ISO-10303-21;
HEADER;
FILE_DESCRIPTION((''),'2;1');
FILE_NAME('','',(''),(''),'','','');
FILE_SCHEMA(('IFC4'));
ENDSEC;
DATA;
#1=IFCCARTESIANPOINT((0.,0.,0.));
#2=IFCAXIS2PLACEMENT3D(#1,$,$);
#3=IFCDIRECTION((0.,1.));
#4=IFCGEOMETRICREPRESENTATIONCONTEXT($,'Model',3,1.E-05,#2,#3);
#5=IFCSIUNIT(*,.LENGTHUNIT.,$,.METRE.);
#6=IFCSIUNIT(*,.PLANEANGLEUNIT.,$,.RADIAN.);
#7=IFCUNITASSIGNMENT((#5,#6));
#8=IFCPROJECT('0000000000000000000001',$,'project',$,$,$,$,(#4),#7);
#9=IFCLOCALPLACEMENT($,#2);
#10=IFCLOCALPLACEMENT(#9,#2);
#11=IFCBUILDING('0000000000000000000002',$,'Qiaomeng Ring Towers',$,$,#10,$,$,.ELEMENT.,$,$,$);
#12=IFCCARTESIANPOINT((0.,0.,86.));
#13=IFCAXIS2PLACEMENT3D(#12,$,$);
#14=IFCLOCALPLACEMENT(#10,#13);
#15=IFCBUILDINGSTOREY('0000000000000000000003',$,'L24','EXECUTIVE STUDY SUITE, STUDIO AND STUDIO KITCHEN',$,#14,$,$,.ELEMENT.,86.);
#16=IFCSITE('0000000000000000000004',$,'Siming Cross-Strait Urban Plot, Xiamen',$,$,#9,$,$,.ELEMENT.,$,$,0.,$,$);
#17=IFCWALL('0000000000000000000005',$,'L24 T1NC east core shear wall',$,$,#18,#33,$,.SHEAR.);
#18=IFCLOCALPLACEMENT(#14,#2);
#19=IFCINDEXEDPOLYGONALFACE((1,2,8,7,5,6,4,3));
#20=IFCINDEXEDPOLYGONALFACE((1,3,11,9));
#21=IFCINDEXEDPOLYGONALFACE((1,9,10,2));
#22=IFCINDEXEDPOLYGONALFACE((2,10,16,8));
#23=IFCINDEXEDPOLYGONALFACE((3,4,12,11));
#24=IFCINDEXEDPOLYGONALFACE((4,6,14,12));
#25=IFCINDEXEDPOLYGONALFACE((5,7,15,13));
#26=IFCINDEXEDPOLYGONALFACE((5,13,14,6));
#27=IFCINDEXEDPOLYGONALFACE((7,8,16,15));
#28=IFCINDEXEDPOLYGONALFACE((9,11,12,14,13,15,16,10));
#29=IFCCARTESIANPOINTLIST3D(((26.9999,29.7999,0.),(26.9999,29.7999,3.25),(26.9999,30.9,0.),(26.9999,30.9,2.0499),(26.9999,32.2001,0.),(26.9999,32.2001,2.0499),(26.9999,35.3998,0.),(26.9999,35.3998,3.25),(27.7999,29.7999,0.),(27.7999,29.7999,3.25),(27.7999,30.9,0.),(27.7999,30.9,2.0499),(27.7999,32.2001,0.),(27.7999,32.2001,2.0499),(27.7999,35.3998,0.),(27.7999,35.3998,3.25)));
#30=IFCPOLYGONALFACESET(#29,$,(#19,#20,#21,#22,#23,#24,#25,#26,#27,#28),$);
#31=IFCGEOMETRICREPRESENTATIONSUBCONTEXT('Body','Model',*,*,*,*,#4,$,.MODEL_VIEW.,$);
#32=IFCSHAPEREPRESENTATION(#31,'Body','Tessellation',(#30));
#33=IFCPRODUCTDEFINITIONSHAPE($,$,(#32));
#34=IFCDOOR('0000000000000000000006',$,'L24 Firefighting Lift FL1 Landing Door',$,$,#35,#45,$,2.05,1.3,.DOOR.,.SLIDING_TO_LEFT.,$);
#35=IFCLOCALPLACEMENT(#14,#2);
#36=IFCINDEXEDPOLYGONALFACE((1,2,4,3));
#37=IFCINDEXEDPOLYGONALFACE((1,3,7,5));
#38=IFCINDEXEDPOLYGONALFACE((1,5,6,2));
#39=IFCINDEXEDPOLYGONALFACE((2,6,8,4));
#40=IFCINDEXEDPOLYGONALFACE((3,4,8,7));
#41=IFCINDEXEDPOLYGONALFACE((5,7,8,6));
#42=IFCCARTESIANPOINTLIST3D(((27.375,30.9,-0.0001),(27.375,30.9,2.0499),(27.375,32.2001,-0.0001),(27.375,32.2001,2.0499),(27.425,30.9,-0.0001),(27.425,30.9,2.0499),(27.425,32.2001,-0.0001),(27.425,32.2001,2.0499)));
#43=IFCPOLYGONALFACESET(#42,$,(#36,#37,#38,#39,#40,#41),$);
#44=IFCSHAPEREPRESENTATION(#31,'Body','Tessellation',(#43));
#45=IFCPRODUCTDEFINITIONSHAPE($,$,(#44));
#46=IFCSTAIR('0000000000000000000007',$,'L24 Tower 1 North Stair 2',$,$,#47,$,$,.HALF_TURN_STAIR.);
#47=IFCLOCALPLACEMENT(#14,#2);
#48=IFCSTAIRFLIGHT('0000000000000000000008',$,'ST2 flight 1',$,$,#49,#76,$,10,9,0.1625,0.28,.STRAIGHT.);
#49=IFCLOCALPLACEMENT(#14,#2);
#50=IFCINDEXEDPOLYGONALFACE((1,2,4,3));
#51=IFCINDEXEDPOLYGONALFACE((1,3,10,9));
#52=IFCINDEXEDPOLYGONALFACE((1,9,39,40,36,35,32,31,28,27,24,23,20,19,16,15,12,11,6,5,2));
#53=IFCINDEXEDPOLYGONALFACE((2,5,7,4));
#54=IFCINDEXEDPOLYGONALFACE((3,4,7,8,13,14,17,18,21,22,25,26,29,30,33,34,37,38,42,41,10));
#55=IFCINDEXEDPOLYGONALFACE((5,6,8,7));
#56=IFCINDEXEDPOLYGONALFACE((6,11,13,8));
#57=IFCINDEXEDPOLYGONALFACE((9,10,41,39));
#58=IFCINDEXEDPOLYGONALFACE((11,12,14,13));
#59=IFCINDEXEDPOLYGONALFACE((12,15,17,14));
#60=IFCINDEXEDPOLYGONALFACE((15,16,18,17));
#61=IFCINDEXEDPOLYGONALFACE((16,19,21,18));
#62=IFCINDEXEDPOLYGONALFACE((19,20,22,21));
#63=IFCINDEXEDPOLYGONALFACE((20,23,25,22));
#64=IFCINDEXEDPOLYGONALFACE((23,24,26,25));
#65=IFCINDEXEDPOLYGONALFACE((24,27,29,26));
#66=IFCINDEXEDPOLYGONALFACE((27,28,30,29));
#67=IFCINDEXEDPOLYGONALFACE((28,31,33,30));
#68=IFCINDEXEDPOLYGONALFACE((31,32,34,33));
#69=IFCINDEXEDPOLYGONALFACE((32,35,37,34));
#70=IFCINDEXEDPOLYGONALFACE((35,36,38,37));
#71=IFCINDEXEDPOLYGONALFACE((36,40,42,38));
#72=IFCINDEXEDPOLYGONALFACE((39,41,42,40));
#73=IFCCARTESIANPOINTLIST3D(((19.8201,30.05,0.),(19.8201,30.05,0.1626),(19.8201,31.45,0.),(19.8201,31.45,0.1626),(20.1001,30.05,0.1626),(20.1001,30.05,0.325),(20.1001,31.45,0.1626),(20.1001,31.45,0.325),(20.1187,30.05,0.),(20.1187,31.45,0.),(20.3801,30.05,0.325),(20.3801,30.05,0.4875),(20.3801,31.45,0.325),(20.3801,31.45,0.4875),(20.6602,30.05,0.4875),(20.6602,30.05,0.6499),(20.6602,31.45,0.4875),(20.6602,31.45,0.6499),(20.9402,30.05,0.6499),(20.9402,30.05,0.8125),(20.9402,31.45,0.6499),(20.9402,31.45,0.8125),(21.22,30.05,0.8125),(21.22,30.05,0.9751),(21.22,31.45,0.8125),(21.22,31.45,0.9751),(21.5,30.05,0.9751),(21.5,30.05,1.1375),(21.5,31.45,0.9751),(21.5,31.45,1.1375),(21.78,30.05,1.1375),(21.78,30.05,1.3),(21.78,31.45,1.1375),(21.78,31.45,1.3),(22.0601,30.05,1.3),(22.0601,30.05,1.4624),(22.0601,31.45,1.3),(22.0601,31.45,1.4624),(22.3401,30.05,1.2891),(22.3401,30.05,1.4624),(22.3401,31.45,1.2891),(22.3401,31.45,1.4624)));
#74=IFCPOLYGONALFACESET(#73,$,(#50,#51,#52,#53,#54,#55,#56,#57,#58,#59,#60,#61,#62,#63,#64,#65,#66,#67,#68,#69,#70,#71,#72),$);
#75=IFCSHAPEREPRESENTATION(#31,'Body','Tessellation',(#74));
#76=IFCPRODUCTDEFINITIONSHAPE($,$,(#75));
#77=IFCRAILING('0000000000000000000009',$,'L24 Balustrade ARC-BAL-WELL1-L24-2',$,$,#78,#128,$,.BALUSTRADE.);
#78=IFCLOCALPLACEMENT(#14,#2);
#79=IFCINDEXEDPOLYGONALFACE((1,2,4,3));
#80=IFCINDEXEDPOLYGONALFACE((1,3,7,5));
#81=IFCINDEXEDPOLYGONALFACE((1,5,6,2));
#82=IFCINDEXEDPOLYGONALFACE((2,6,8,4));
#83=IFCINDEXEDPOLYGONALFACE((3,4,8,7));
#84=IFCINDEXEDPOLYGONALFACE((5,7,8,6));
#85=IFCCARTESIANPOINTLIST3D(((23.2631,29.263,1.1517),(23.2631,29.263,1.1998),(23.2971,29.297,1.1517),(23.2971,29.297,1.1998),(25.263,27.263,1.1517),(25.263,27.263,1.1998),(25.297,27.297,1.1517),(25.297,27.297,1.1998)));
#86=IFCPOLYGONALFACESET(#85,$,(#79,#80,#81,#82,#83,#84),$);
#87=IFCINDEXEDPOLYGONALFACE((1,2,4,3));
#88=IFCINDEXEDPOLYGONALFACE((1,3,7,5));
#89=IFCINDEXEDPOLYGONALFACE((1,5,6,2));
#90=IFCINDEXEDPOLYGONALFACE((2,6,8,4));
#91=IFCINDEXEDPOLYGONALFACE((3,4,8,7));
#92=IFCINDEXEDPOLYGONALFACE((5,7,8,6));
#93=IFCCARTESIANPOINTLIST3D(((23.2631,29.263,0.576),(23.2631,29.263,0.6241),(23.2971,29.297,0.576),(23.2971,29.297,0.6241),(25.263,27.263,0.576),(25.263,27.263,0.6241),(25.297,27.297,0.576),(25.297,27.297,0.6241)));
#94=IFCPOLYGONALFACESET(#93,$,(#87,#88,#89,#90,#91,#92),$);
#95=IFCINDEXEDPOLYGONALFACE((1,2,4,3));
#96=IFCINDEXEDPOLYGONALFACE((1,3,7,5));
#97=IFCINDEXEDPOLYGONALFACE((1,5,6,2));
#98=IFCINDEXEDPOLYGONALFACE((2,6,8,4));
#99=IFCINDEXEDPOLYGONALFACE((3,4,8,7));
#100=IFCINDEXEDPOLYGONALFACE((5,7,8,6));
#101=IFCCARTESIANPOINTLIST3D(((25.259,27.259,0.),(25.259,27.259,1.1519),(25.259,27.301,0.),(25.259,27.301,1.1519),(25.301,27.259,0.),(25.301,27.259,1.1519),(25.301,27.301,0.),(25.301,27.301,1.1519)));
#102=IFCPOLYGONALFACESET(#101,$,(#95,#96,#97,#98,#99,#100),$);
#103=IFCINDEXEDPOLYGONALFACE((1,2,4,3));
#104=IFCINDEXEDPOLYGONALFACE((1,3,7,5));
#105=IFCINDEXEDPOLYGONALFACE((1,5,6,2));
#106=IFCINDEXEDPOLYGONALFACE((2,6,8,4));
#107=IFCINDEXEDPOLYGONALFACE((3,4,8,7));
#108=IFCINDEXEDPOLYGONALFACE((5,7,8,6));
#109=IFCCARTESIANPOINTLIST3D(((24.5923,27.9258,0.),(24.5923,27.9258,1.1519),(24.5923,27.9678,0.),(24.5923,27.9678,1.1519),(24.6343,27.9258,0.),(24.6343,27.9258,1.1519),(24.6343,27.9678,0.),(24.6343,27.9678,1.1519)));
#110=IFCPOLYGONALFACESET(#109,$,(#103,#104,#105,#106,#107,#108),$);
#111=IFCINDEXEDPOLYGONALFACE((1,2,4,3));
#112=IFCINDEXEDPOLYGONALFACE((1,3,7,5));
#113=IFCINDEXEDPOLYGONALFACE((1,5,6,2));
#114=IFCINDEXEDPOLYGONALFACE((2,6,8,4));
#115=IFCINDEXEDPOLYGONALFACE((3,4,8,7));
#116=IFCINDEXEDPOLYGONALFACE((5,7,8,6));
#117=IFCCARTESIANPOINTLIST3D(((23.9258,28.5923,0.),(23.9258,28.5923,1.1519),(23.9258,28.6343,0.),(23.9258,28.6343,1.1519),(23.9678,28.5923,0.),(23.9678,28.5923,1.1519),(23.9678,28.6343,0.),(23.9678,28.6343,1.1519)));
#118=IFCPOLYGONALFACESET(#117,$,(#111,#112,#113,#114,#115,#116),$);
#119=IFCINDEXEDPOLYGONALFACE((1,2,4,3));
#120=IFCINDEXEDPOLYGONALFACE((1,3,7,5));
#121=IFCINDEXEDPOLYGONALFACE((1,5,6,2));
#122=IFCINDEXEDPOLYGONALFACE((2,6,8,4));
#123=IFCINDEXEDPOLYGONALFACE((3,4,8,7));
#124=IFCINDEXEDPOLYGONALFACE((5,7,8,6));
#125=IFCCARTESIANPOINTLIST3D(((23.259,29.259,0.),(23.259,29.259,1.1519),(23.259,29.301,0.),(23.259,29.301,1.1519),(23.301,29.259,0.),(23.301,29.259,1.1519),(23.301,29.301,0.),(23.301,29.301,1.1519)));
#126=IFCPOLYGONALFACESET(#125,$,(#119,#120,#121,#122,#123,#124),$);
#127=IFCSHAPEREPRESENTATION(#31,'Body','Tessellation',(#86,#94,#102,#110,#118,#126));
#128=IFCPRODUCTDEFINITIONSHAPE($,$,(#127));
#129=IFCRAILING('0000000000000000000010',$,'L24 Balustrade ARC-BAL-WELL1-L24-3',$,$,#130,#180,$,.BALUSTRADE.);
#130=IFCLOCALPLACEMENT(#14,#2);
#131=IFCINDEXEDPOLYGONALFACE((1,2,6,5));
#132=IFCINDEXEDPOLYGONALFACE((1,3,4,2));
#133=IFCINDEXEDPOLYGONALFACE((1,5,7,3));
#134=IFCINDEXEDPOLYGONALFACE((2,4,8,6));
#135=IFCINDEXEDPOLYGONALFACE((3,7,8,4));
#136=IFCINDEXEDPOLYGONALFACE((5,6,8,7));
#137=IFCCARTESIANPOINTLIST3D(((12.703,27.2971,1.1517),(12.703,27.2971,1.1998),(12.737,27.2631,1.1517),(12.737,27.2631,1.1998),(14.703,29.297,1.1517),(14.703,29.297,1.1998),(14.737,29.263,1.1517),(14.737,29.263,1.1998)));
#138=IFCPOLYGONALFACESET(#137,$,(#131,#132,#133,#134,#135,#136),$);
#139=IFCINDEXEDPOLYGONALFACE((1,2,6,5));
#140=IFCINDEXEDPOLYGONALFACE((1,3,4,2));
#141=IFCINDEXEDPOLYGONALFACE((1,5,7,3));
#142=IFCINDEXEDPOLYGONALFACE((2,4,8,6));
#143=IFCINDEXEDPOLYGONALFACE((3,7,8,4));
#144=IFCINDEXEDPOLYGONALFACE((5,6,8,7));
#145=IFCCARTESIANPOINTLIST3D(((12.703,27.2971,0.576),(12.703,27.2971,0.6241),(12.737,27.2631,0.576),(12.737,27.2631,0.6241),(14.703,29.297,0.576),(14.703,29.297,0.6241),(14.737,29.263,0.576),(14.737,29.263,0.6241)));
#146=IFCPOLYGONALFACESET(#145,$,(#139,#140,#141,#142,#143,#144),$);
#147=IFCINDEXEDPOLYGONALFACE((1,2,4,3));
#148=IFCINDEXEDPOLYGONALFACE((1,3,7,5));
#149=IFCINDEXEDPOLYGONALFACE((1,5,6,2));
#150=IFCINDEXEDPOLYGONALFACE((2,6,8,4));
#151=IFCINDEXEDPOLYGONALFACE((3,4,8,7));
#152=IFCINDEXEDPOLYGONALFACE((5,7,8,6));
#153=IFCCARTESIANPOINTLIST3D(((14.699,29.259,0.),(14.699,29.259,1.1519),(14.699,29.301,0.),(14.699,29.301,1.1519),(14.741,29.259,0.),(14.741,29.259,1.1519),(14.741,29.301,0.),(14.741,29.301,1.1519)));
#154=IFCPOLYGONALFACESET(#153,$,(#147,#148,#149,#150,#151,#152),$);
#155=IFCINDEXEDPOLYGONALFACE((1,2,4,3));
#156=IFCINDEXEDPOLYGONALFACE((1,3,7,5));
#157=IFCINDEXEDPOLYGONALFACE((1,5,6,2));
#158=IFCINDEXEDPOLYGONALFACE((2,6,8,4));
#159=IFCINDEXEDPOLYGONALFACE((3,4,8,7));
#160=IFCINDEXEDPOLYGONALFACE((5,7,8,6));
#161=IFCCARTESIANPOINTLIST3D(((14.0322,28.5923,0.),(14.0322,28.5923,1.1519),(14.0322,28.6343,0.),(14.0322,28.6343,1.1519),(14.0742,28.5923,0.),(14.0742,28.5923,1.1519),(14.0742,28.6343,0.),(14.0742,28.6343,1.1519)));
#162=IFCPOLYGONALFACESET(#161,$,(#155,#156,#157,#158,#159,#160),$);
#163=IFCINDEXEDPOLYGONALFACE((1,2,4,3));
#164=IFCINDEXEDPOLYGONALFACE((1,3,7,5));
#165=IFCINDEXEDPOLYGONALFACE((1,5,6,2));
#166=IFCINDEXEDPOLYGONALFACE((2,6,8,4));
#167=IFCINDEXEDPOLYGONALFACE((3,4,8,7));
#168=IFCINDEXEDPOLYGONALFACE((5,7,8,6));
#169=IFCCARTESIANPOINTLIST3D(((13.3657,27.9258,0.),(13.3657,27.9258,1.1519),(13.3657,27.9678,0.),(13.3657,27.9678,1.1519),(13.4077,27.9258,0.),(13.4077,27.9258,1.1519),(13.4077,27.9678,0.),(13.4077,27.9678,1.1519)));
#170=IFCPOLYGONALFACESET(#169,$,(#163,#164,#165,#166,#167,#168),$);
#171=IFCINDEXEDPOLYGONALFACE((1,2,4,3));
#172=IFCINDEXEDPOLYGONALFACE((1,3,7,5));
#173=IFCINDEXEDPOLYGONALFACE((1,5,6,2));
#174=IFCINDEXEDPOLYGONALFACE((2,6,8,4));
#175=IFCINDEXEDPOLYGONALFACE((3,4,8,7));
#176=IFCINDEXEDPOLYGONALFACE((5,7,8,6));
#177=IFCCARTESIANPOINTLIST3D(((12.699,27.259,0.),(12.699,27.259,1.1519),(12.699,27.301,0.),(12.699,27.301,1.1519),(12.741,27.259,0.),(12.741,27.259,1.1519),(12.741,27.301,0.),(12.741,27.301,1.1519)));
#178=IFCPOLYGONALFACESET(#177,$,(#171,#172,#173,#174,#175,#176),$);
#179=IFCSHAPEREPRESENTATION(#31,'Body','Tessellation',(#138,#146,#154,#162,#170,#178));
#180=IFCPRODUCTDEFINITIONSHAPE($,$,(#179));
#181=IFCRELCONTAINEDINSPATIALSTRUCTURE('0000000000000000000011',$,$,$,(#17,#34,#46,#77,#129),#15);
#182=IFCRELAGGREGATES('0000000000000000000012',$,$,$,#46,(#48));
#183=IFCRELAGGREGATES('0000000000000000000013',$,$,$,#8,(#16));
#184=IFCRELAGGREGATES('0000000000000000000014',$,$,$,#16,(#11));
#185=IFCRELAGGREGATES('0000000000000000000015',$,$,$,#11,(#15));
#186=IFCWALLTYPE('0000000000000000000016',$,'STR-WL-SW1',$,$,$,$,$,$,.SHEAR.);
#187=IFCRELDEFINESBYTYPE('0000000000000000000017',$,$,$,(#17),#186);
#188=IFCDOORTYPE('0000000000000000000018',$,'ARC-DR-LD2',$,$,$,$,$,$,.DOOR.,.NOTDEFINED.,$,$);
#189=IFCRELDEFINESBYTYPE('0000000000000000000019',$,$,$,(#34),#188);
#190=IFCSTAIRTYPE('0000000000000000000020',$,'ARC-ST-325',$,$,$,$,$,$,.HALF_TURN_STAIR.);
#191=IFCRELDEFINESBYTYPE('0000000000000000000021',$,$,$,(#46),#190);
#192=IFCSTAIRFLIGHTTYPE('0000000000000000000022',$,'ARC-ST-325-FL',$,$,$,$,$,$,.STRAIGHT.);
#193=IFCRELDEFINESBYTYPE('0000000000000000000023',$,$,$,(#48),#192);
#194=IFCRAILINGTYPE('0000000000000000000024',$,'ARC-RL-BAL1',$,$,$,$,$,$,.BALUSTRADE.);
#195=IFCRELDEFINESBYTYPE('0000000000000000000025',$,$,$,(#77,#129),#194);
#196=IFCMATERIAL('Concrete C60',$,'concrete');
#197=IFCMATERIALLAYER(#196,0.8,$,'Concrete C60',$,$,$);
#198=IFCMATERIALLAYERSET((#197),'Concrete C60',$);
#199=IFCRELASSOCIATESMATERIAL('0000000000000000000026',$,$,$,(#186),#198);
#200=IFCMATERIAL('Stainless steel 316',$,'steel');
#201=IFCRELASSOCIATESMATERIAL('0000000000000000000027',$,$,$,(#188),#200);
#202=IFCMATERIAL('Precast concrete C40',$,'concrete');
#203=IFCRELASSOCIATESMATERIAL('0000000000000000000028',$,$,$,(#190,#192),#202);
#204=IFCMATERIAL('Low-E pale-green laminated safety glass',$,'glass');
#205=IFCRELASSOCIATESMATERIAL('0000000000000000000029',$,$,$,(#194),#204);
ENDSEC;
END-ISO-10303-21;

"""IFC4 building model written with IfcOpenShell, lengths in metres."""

from ifc_helpers import new_model, si_unit, direction, frame, frame_2d, origin, origin_2d, place, context, subcontext, project, spatial, polyline, rectangle, outline, extrude, source, transform, mapped, material, layer, layer_set, type_object, element, fill, aggregate, save


model = new_model("IFC4")

# Units and contexts
model_context = context("Model", 3, precision=1e-05, world=origin(), true_north=direction((0.0, 1.0)))
body_context = subcontext(model_context, "Body", "Model", "MODEL_VIEW")
ifc_project = project(units=[si_unit("LENGTHUNIT", "METRE"), si_unit("PLANEANGLEUNIT", "RADIAN")], contexts=[model_context])

# Site, building, storey
site_placement = place(None, origin())
site = spatial("IfcSite", under=ifc_project, at=site_placement, Name="Siming Cross-Strait Urban Plot, Xiamen", CompositionType="ELEMENT", RefElevation=0.0)
building_placement = place(site_placement, origin())
building = spatial("IfcBuilding", under=site, at=building_placement, Name="Qiaomeng Ring Towers", CompositionType="ELEMENT")
storey_placement = place(building_placement, frame((0.0, 0.0, 86.0)))
storey = spatial("IfcBuildingStorey", under=building, at=storey_placement, Name="L24", Description="EXECUTIVE STUDY SUITE, STUDIO AND STUDIO KITCHEN", CompositionType="ELEMENT", Elevation=86.0)

# Wall, opening, door
ifc_material_1 = material(Name="Concrete C60", Category="concrete")
ifc_layer_1 = layer(ifc_material_1, 0.8, Name="Concrete C60")
ifc_layer_set_1 = layer_set([ifc_layer_1], Name="Concrete C60")
wall_type_1 = type_object("IfcWallType", Name="STR-WL-SW1", PredefinedType="SHEAR", material=ifc_layer_set_1)
wall_1_placement = place(storey_placement, frame((27.3999, 29.8, 0.0), z_axis=(0.0, 0.0, 1.0), x_axis=(0.0, 1.0, 0.0)))
wall_1 = element("IfcWall", 1, at=wall_1_placement, inside=storey, type_object=wall_type_1, Name="L24 T1NC east core shear wall", PredefinedType="SHEAR", context=body_context, shape_type="SweptSolid", body=[
    extrude(rectangle(XDim=5.5999, YDim=0.8, at=frame_2d((2.7998, 0.0))), origin(), (0.0, 0.0, 1.0), 3.25),
])
opening_1_placement = place(wall_1_placement, frame((1.1001, 0.0, 0.0)))
opening_1 = element("IfcOpeningElement", 2, at=opening_1_placement, cuts=wall_1, PredefinedType="OPENING", context=body_context, shape_type="SweptSolid", body=[
    extrude(rectangle(XDim=1.3, YDim=2.05, at=frame_2d((0.6499, 1.0249))), frame((0.0, 0.4099, 0.0), z_axis=(0.0, -1.0, 0.0), x_axis=(1.0, 0.0, 0.0)), (0.0, 0.0, 1.0), 0.8201),
])
ifc_material_2 = material(Name="Stainless steel 316", Category="steel")
door_type_1 = type_object("IfcDoorType", Name="ARC-DR-LD2", OperationType="NOTDEFINED", PredefinedType="DOOR", material=ifc_material_2)
shared_shape_1 = source(origin(), body_context, "Body", "SweptSolid", [
    extrude(rectangle(XDim=1.3, YDim=2.05, at=frame_2d((0.6499, 1.0249))), frame((0.0, 0.0249, 0.0), z_axis=(0.0, -1.0, 0.0), x_axis=(1.0, 0.0, 0.0)), (0.0, 0.0, 1.0), 0.05),
])
door_1_placement = place(opening_1_placement, origin())
door_1 = element("IfcDoor", 3, at=door_1_placement, inside=storey, type_object=door_type_1, Name="L24 Firefighting Lift FL1 Landing Door", OperationType="SLIDING_TO_LEFT", OverallHeight=2.05, OverallWidth=1.3, PredefinedType="DOOR", context=body_context, shape_type="MappedRepresentation", body=[
    mapped(shared_shape_1, transform((0.0, 0.0, 0.0), x_axis=(1.0, 0.0, 0.0), y_axis=(0.0, 1.0, 0.0), z_axis=(0.0, 0.0, 1.0), scale=1.0)),
])
fill(opening_1, door_1)

# Stair, stair flight
ifc_material_3 = material(Name="Precast concrete C40", Category="concrete")
stair_type = type_object("IfcStairType", Name="ARC-ST-325", PredefinedType="HALF_TURN_STAIR", material=ifc_material_3)
stair_placement = place(storey_placement, origin())
stair = element("IfcStair", 4, at=stair_placement, inside=storey, type_object=stair_type, Name="L24 Tower 1 North Stair 2", PredefinedType="HALF_TURN_STAIR")
stair_flight_type = type_object("IfcStairFlightType", Name="ARC-ST-325-FL", PredefinedType="STRAIGHT", material=ifc_material_3)
shared_shape_2 = source(origin(), body_context, "Body", "SweptSolid", [
    extrude(outline(polyline([(0.0, 0.0), (0.0, 0.1626), (0.28, 0.1626), (0.28, 0.325), (0.5601, 0.325), (0.5601, 0.4875), (0.8401, 0.4875), (0.8401, 0.6499), (1.1201, 0.6499), (1.1201, 0.8125), (1.3999, 0.8125), (1.3999, 0.9751), (1.6799, 0.9751), (1.6799, 1.1375), (1.96, 1.1375), (1.96, 1.3), (2.24, 1.3), (2.24, 1.4624), (2.52, 1.4624), (2.52, 1.625), (2.52, 1.2891), (0.2986, 0.0), (0.0, 0.0)])), frame((0.0, 0.7, 0.0), z_axis=(0.0, -1.0, 0.0), x_axis=(1.0, 0.0, 0.0)), (0.0, 0.0, 1.0), 1.3999),
])
stair_flight_placement = place(storey_placement, frame((19.8201, 30.75, 0.0), z_axis=(0.0, 0.0, 1.0), x_axis=(1.0, 0.0, 0.0)))
stair_flight = element("IfcStairFlight", 5, at=stair_flight_placement, type_object=stair_flight_type, Name="ST2 flight 1", NumberOfRisers=10, NumberOfTreads=9, PredefinedType="STRAIGHT", RiserHeight=0.1625, TreadLength=0.28, context=body_context, shape_type="MappedRepresentation", body=[
    mapped(shared_shape_2, transform((0.0, 0.0, 0.0), x_axis=(1.0, 0.0, 0.0), y_axis=(0.0, 1.0, 0.0), z_axis=(0.0, 0.0, 1.0), scale=1.0)),
])
aggregate(stair, [stair_flight])

# Railings
ifc_material_4 = material(Name="Low-E pale-green laminated safety glass", Category="glass")
railing_type_1 = type_object("IfcRailingType", Name="ARC-RL-BAL1", PredefinedType="BALUSTRADE", material=ifc_material_4)
railing_1_placement = place(storey_placement, frame((25.28, 27.28, 0.0)))
element("IfcRailing", 6, at=railing_1_placement, inside=storey, type_object=railing_type_1, Name="L24 Balustrade ARC-BAL-WELL1-L24-2", PredefinedType="BALUSTRADE", context=body_context, shape_type="SweptSolid", body=[
    extrude(rectangle(XDim=0.0481, YDim=0.0481, at=origin_2d()), frame((0.0, 0.0, 1.1758), z_axis=(-0.707107, 0.707107, 0.0), x_axis=(-0.707107, -0.707107, 0.0)), (0.0, 0.0, 1.0), 2.8284),
    extrude(rectangle(XDim=0.0481, YDim=0.0481, at=origin_2d()), frame((0.0, 0.0, 0.6001), z_axis=(-0.707107, 0.707107, 0.0), x_axis=(-0.707107, -0.707107, 0.0)), (0.0, 0.0, 1.0), 2.8284),
    extrude(rectangle(XDim=0.042, YDim=0.042, at=origin_2d()), origin(), (0.0, 0.0, 1.0), 1.1519),
    extrude(rectangle(XDim=0.042, YDim=0.042, at=origin_2d()), frame((-0.6667, 0.6667, 0.0)), (0.0, 0.0, 1.0), 1.1519),
    extrude(rectangle(XDim=0.042, YDim=0.042, at=origin_2d()), frame((-1.3333, 1.3333, 0.0)), (0.0, 0.0, 1.0), 1.1519),
    extrude(rectangle(XDim=0.042, YDim=0.042, at=origin_2d()), frame((-2.0, 2.0, 0.0)), (0.0, 0.0, 1.0), 1.1519),
])
railing_2_placement = place(storey_placement, frame((14.72, 29.28, 0.0)))
element("IfcRailing", 7, at=railing_2_placement, inside=storey, type_object=railing_type_1, Name="L24 Balustrade ARC-BAL-WELL1-L24-3", PredefinedType="BALUSTRADE", context=body_context, shape_type="SweptSolid", body=[
    extrude(rectangle(XDim=0.0481, YDim=0.0481, at=origin_2d()), frame((0.0, 0.0, 1.1758), z_axis=(-0.707107, -0.707107, 0.0), x_axis=(0.707107, -0.707107, 0.0)), (0.0, 0.0, 1.0), 2.8284),
    extrude(rectangle(XDim=0.0481, YDim=0.0481, at=origin_2d()), frame((0.0, 0.0, 0.6001), z_axis=(-0.707107, -0.707107, 0.0), x_axis=(0.707107, -0.707107, 0.0)), (0.0, 0.0, 1.0), 2.8284),
    extrude(rectangle(XDim=0.042, YDim=0.042, at=origin_2d()), origin(), (0.0, 0.0, 1.0), 1.1519),
    extrude(rectangle(XDim=0.042, YDim=0.042, at=origin_2d()), frame((-0.6667, -0.6667, 0.0)), (0.0, 0.0, 1.0), 1.1519),
    extrude(rectangle(XDim=0.042, YDim=0.042, at=origin_2d()), frame((-1.3333, -1.3333, 0.0)), (0.0, 0.0, 1.0), 1.1519),
    extrude(rectangle(XDim=0.042, YDim=0.042, at=origin_2d()), frame((-2.0, -2.0, 0.0)), (0.0, 0.0, 1.0), 1.1519),
])

save(model, "model.ifc")
